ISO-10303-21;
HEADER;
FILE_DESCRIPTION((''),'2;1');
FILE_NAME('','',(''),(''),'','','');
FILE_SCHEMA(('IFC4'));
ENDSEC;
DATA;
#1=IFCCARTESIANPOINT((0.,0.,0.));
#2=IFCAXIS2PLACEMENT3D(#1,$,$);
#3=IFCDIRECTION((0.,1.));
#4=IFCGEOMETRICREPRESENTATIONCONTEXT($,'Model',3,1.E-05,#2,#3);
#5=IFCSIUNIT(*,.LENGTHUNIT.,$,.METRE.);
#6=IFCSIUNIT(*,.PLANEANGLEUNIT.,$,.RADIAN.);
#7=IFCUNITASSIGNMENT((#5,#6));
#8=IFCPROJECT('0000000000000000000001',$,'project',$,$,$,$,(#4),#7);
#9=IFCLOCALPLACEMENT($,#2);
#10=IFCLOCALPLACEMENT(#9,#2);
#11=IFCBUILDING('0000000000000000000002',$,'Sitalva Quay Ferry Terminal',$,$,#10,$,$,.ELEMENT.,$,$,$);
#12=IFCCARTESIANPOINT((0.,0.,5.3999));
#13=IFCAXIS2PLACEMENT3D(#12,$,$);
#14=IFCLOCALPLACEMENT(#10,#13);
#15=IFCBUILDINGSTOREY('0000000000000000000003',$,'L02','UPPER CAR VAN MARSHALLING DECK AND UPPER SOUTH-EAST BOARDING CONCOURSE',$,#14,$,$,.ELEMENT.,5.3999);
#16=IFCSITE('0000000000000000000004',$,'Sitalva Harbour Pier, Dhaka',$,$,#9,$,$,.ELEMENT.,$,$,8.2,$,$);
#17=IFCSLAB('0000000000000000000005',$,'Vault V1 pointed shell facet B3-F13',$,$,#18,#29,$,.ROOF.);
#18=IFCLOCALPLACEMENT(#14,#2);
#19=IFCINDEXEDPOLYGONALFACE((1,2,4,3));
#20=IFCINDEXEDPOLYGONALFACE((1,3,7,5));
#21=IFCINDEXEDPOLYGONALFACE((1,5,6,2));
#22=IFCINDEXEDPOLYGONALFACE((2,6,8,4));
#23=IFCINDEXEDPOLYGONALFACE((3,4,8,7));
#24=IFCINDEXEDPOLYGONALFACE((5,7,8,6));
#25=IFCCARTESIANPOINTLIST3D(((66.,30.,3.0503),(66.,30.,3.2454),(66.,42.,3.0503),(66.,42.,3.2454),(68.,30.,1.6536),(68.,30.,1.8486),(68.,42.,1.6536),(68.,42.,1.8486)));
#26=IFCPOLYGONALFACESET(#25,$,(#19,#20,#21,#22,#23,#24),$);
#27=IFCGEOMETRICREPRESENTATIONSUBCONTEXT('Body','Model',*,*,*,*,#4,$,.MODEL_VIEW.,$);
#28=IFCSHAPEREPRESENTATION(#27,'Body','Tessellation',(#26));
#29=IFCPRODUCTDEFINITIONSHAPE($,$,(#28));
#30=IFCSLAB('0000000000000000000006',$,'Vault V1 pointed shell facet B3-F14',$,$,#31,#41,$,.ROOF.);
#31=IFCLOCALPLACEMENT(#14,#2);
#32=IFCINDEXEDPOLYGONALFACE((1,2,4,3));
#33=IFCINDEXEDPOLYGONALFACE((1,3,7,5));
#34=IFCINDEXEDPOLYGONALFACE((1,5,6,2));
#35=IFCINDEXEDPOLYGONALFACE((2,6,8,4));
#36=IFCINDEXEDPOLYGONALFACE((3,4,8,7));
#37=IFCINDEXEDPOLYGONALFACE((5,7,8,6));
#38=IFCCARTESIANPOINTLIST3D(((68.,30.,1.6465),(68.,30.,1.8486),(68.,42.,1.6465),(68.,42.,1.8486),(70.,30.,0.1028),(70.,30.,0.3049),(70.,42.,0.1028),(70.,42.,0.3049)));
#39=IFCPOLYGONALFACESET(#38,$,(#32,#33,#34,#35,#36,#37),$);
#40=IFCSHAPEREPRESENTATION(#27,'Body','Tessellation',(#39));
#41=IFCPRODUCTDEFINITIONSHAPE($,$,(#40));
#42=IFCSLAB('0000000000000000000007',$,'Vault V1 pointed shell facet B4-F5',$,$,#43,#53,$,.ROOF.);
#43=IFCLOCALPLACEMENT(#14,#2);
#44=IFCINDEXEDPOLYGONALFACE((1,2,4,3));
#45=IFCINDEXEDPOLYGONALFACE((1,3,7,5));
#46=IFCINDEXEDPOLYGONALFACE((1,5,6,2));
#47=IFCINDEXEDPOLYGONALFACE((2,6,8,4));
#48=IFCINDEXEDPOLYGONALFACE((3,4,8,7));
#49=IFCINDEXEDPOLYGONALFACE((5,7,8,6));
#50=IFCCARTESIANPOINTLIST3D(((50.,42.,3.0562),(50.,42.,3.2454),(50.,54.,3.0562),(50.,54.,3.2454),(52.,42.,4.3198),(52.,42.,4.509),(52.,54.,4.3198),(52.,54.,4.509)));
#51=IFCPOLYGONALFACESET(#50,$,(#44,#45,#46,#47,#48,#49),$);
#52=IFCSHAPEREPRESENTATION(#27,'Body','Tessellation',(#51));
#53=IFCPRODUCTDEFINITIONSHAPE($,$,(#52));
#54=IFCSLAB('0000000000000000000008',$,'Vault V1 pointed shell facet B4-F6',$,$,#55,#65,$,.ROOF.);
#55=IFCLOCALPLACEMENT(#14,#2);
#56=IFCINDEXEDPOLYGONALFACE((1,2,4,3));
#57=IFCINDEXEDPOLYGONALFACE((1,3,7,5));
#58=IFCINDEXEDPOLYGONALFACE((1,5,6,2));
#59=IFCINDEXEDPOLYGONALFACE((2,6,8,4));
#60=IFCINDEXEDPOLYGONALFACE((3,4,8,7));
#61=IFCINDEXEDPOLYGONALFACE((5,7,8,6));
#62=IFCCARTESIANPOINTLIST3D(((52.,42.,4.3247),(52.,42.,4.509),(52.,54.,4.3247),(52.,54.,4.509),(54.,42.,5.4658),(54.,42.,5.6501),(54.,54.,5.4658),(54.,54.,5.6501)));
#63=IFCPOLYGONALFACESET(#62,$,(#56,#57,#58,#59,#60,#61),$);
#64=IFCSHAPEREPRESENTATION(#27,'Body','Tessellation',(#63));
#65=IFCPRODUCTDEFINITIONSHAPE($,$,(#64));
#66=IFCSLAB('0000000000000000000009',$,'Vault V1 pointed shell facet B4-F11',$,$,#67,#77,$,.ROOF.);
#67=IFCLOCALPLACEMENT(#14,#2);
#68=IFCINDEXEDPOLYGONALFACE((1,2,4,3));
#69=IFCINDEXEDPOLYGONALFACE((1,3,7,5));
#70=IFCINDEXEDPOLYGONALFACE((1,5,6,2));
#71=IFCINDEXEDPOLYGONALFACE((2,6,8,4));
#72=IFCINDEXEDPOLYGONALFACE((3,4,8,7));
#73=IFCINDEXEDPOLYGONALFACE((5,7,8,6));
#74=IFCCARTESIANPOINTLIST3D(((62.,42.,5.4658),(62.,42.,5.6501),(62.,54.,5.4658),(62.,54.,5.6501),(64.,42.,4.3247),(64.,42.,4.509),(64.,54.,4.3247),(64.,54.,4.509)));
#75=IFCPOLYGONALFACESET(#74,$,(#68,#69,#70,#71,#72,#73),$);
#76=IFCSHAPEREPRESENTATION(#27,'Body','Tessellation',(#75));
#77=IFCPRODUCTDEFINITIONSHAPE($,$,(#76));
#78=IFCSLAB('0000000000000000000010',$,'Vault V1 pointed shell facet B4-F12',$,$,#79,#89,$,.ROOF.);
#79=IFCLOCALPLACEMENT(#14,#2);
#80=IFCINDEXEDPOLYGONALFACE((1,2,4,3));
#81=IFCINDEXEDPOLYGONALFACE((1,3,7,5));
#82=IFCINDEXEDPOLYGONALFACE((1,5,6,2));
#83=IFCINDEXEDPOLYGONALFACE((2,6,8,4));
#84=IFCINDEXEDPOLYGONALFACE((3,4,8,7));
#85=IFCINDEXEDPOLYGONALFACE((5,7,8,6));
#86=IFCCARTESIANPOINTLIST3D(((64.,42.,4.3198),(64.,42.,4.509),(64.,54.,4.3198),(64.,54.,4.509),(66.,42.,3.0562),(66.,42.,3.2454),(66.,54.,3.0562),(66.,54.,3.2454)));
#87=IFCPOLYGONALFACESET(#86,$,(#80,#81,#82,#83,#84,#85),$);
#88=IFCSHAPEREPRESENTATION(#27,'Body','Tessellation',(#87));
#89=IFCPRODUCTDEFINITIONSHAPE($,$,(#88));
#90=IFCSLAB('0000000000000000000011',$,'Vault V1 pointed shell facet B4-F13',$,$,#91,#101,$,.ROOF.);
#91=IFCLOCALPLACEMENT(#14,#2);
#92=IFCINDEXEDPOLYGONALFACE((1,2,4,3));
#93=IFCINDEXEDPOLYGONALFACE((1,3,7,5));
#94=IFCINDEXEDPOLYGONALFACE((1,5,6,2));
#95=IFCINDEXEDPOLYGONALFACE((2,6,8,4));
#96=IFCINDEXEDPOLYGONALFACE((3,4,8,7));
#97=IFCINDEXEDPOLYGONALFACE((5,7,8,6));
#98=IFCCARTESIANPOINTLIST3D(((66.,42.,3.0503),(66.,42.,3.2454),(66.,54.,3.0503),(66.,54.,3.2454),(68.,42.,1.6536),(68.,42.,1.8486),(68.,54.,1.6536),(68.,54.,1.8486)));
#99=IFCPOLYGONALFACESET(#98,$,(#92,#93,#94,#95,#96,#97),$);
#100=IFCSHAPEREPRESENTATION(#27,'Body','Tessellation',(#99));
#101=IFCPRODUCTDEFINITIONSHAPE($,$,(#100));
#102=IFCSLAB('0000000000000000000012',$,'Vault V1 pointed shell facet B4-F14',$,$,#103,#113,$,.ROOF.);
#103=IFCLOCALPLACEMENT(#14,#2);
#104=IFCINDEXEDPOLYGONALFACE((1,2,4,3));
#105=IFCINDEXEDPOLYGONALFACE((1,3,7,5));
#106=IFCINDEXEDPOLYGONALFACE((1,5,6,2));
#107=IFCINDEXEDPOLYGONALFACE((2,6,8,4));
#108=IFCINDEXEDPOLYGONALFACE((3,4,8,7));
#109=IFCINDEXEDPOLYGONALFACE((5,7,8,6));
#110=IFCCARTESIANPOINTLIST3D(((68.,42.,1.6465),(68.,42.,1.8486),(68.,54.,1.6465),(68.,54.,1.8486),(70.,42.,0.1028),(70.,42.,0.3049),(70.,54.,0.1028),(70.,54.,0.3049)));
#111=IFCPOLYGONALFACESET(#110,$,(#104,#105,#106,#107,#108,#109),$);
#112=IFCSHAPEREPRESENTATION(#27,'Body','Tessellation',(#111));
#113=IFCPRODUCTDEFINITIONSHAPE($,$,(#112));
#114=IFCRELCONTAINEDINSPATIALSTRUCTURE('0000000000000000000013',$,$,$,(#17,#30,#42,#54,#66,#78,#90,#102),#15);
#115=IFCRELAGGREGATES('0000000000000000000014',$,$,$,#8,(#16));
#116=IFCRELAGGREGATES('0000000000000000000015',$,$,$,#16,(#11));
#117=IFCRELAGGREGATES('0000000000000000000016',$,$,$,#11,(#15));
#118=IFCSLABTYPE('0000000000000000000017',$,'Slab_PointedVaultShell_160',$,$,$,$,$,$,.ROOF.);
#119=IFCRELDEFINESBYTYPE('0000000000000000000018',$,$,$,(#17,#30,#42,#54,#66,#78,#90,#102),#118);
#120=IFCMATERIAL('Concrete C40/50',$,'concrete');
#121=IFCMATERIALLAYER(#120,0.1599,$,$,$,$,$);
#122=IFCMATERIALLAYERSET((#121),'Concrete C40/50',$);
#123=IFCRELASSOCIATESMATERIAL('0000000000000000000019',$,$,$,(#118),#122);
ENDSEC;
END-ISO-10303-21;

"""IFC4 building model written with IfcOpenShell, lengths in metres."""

from ifc_helpers import new_model, si_unit, direction, frame, origin, place, context, subcontext, project, spatial, polyline, outline, extrude, material, layer, layer_set, type_object, element, save


model = new_model("IFC4")

# Units and contexts
model_context = context("Model", 3, precision=1e-05, world=origin(), true_north=direction((0.0, 1.0)))
body_context = subcontext(model_context, "Body", "Model", "MODEL_VIEW")
ifc_project = project(units=[si_unit("LENGTHUNIT", "METRE"), si_unit("PLANEANGLEUNIT", "RADIAN")], contexts=[model_context])

# Site, building, storey
site_placement = place(None, origin())
site = spatial("IfcSite", under=ifc_project, at=site_placement, Name="Sitalva Harbour Pier, Dhaka", CompositionType="ELEMENT", RefElevation=8.2)
building_placement = place(site_placement, origin())
building = spatial("IfcBuilding", under=site, at=building_placement, Name="Sitalva Quay Ferry Terminal", CompositionType="ELEMENT")
storey_placement = place(building_placement, frame((0.0, 0.0, 5.3999)))
storey = spatial("IfcBuildingStorey", under=building, at=storey_placement, Name="L02", Description="UPPER CAR VAN MARSHALLING DECK AND UPPER SOUTH-EAST BOARDING CONCOURSE", CompositionType="ELEMENT", Elevation=5.3999)

# Slabs
ifc_material_1 = material(Name="Concrete C40/50", Category="concrete")
ifc_layer = layer(ifc_material_1, 0.1599)
ifc_layer_set = layer_set([ifc_layer], Name="Concrete C40/50")
slab_type = type_object("IfcSlabType", Name="Slab_PointedVaultShell_160", PredefinedType="ROOF", material=ifc_layer_set)
slab_1_placement = place(storey_placement, frame((66.0, 30.0, 3.2454), z_axis=(0.572562, 0.0, 0.819861), x_axis=(0.819861, 0.0, -0.572562)))
element("IfcSlab", 1, at=slab_1_placement, inside=storey, type_object=slab_type, Name="Vault V1 pointed shell facet B3-F13", PredefinedType="ROOF", context=body_context, shape_type="SweptSolid", body=[
    extrude(outline(polyline([(0.0, 0.0), (2.4394, 0.0), (2.4394, 12.0), (0.0, 12.0), (0.0, 0.0)])), origin(), (0.572562, 0.0, -0.819861), 0.1951),
])
slab_2_placement = place(storey_placement, frame((68.0, 30.0, 1.8486), z_axis=(0.611013, 0.0, 0.791621), x_axis=(0.791621, 0.0, -0.611013)))
element("IfcSlab", 2, at=slab_2_placement, inside=storey, type_object=slab_type, Name="Vault V1 pointed shell facet B3-F14", PredefinedType="ROOF", context=body_context, shape_type="SweptSolid", body=[
    extrude(outline(polyline([(0.0, 0.0), (2.5265, 0.0), (2.5265, 12.0), (0.0, 12.0), (0.0, 0.0)])), origin(), (0.611013, 0.0, -0.791621), 0.2021),
])
slab_3_placement = place(storey_placement, frame((50.0, 42.0, 3.2454), z_axis=(-0.534148, 0.0, 0.845391), x_axis=(0.845391, 0.0, 0.534148)))
element("IfcSlab", 3, at=slab_3_placement, inside=storey, type_object=slab_type, Name="Vault V1 pointed shell facet B4-F5", PredefinedType="ROOF", context=body_context, shape_type="SweptSolid", body=[
    extrude(outline(polyline([(0.0, 0.0), (2.3658, 0.0), (2.3658, 12.0), (0.0, 12.0), (0.0, 0.0)])), origin(), (-0.534148, 0.0, -0.845391), 0.1892),
])
slab_4_placement = place(storey_placement, frame((52.0, 42.0, 4.509), z_axis=(-0.495568, 0.0, 0.868569), x_axis=(0.868569, 0.0, 0.495568)))
element("IfcSlab", 4, at=slab_4_placement, inside=storey, type_object=slab_type, Name="Vault V1 pointed shell facet B4-F6", PredefinedType="ROOF", context=body_context, shape_type="SweptSolid", body=[
    extrude(outline(polyline([(0.0, 0.0), (2.3026, 0.0), (2.3026, 12.0), (0.0, 12.0), (0.0, 0.0)])), origin(), (-0.495568, 0.0, -0.868569), 0.1843),
])
slab_5_placement = place(storey_placement, frame((62.0, 42.0, 5.6501), z_axis=(0.495568, 0.0, 0.868569), x_axis=(0.868569, 0.0, -0.495568)))
element("IfcSlab", 5, at=slab_5_placement, inside=storey, type_object=slab_type, Name="Vault V1 pointed shell facet B4-F11", PredefinedType="ROOF", context=body_context, shape_type="SweptSolid", body=[
    extrude(outline(polyline([(0.0, 0.0), (2.3026, 0.0), (2.3026, 12.0), (0.0, 12.0), (0.0, 0.0)])), origin(), (0.495568, 0.0, -0.868569), 0.1843),
])
slab_6_placement = place(storey_placement, frame((64.0, 42.0, 4.509), z_axis=(0.534148, 0.0, 0.845391), x_axis=(0.845391, 0.0, -0.534148)))
element("IfcSlab", 6, at=slab_6_placement, inside=storey, type_object=slab_type, Name="Vault V1 pointed shell facet B4-F12", PredefinedType="ROOF", context=body_context, shape_type="SweptSolid", body=[
    extrude(outline(polyline([(0.0, 0.0), (2.3658, 0.0), (2.3658, 12.0), (0.0, 12.0), (0.0, 0.0)])), origin(), (0.534148, 0.0, -0.845391), 0.1892),
])
slab_7_placement = place(storey_placement, frame((66.0, 42.0, 3.2454), z_axis=(0.572562, 0.0, 0.819861), x_axis=(0.819861, 0.0, -0.572562)))
element("IfcSlab", 7, at=slab_7_placement, inside=storey, type_object=slab_type, Name="Vault V1 pointed shell facet B4-F13", PredefinedType="ROOF", context=body_context, shape_type="SweptSolid", body=[
    extrude(outline(polyline([(0.0, 0.0), (2.4394, 0.0), (2.4394, 12.0), (0.0, 12.0), (0.0, 0.0)])), origin(), (0.572562, 0.0, -0.819861), 0.1951),
])
slab_8_placement = place(storey_placement, frame((68.0, 42.0, 1.8486), z_axis=(0.611013, 0.0, 0.791621), x_axis=(0.791621, 0.0, -0.611013)))
element("IfcSlab", 8, at=slab_8_placement, inside=storey, type_object=slab_type, Name="Vault V1 pointed shell facet B4-F14", PredefinedType="ROOF", context=body_context, shape_type="SweptSolid", body=[
    extrude(outline(polyline([(0.0, 0.0), (2.5265, 0.0), (2.5265, 12.0), (0.0, 12.0), (0.0, 0.0)])), origin(), (0.611013, 0.0, -0.791621), 0.2021),
])

save(model, "model.ifc")
